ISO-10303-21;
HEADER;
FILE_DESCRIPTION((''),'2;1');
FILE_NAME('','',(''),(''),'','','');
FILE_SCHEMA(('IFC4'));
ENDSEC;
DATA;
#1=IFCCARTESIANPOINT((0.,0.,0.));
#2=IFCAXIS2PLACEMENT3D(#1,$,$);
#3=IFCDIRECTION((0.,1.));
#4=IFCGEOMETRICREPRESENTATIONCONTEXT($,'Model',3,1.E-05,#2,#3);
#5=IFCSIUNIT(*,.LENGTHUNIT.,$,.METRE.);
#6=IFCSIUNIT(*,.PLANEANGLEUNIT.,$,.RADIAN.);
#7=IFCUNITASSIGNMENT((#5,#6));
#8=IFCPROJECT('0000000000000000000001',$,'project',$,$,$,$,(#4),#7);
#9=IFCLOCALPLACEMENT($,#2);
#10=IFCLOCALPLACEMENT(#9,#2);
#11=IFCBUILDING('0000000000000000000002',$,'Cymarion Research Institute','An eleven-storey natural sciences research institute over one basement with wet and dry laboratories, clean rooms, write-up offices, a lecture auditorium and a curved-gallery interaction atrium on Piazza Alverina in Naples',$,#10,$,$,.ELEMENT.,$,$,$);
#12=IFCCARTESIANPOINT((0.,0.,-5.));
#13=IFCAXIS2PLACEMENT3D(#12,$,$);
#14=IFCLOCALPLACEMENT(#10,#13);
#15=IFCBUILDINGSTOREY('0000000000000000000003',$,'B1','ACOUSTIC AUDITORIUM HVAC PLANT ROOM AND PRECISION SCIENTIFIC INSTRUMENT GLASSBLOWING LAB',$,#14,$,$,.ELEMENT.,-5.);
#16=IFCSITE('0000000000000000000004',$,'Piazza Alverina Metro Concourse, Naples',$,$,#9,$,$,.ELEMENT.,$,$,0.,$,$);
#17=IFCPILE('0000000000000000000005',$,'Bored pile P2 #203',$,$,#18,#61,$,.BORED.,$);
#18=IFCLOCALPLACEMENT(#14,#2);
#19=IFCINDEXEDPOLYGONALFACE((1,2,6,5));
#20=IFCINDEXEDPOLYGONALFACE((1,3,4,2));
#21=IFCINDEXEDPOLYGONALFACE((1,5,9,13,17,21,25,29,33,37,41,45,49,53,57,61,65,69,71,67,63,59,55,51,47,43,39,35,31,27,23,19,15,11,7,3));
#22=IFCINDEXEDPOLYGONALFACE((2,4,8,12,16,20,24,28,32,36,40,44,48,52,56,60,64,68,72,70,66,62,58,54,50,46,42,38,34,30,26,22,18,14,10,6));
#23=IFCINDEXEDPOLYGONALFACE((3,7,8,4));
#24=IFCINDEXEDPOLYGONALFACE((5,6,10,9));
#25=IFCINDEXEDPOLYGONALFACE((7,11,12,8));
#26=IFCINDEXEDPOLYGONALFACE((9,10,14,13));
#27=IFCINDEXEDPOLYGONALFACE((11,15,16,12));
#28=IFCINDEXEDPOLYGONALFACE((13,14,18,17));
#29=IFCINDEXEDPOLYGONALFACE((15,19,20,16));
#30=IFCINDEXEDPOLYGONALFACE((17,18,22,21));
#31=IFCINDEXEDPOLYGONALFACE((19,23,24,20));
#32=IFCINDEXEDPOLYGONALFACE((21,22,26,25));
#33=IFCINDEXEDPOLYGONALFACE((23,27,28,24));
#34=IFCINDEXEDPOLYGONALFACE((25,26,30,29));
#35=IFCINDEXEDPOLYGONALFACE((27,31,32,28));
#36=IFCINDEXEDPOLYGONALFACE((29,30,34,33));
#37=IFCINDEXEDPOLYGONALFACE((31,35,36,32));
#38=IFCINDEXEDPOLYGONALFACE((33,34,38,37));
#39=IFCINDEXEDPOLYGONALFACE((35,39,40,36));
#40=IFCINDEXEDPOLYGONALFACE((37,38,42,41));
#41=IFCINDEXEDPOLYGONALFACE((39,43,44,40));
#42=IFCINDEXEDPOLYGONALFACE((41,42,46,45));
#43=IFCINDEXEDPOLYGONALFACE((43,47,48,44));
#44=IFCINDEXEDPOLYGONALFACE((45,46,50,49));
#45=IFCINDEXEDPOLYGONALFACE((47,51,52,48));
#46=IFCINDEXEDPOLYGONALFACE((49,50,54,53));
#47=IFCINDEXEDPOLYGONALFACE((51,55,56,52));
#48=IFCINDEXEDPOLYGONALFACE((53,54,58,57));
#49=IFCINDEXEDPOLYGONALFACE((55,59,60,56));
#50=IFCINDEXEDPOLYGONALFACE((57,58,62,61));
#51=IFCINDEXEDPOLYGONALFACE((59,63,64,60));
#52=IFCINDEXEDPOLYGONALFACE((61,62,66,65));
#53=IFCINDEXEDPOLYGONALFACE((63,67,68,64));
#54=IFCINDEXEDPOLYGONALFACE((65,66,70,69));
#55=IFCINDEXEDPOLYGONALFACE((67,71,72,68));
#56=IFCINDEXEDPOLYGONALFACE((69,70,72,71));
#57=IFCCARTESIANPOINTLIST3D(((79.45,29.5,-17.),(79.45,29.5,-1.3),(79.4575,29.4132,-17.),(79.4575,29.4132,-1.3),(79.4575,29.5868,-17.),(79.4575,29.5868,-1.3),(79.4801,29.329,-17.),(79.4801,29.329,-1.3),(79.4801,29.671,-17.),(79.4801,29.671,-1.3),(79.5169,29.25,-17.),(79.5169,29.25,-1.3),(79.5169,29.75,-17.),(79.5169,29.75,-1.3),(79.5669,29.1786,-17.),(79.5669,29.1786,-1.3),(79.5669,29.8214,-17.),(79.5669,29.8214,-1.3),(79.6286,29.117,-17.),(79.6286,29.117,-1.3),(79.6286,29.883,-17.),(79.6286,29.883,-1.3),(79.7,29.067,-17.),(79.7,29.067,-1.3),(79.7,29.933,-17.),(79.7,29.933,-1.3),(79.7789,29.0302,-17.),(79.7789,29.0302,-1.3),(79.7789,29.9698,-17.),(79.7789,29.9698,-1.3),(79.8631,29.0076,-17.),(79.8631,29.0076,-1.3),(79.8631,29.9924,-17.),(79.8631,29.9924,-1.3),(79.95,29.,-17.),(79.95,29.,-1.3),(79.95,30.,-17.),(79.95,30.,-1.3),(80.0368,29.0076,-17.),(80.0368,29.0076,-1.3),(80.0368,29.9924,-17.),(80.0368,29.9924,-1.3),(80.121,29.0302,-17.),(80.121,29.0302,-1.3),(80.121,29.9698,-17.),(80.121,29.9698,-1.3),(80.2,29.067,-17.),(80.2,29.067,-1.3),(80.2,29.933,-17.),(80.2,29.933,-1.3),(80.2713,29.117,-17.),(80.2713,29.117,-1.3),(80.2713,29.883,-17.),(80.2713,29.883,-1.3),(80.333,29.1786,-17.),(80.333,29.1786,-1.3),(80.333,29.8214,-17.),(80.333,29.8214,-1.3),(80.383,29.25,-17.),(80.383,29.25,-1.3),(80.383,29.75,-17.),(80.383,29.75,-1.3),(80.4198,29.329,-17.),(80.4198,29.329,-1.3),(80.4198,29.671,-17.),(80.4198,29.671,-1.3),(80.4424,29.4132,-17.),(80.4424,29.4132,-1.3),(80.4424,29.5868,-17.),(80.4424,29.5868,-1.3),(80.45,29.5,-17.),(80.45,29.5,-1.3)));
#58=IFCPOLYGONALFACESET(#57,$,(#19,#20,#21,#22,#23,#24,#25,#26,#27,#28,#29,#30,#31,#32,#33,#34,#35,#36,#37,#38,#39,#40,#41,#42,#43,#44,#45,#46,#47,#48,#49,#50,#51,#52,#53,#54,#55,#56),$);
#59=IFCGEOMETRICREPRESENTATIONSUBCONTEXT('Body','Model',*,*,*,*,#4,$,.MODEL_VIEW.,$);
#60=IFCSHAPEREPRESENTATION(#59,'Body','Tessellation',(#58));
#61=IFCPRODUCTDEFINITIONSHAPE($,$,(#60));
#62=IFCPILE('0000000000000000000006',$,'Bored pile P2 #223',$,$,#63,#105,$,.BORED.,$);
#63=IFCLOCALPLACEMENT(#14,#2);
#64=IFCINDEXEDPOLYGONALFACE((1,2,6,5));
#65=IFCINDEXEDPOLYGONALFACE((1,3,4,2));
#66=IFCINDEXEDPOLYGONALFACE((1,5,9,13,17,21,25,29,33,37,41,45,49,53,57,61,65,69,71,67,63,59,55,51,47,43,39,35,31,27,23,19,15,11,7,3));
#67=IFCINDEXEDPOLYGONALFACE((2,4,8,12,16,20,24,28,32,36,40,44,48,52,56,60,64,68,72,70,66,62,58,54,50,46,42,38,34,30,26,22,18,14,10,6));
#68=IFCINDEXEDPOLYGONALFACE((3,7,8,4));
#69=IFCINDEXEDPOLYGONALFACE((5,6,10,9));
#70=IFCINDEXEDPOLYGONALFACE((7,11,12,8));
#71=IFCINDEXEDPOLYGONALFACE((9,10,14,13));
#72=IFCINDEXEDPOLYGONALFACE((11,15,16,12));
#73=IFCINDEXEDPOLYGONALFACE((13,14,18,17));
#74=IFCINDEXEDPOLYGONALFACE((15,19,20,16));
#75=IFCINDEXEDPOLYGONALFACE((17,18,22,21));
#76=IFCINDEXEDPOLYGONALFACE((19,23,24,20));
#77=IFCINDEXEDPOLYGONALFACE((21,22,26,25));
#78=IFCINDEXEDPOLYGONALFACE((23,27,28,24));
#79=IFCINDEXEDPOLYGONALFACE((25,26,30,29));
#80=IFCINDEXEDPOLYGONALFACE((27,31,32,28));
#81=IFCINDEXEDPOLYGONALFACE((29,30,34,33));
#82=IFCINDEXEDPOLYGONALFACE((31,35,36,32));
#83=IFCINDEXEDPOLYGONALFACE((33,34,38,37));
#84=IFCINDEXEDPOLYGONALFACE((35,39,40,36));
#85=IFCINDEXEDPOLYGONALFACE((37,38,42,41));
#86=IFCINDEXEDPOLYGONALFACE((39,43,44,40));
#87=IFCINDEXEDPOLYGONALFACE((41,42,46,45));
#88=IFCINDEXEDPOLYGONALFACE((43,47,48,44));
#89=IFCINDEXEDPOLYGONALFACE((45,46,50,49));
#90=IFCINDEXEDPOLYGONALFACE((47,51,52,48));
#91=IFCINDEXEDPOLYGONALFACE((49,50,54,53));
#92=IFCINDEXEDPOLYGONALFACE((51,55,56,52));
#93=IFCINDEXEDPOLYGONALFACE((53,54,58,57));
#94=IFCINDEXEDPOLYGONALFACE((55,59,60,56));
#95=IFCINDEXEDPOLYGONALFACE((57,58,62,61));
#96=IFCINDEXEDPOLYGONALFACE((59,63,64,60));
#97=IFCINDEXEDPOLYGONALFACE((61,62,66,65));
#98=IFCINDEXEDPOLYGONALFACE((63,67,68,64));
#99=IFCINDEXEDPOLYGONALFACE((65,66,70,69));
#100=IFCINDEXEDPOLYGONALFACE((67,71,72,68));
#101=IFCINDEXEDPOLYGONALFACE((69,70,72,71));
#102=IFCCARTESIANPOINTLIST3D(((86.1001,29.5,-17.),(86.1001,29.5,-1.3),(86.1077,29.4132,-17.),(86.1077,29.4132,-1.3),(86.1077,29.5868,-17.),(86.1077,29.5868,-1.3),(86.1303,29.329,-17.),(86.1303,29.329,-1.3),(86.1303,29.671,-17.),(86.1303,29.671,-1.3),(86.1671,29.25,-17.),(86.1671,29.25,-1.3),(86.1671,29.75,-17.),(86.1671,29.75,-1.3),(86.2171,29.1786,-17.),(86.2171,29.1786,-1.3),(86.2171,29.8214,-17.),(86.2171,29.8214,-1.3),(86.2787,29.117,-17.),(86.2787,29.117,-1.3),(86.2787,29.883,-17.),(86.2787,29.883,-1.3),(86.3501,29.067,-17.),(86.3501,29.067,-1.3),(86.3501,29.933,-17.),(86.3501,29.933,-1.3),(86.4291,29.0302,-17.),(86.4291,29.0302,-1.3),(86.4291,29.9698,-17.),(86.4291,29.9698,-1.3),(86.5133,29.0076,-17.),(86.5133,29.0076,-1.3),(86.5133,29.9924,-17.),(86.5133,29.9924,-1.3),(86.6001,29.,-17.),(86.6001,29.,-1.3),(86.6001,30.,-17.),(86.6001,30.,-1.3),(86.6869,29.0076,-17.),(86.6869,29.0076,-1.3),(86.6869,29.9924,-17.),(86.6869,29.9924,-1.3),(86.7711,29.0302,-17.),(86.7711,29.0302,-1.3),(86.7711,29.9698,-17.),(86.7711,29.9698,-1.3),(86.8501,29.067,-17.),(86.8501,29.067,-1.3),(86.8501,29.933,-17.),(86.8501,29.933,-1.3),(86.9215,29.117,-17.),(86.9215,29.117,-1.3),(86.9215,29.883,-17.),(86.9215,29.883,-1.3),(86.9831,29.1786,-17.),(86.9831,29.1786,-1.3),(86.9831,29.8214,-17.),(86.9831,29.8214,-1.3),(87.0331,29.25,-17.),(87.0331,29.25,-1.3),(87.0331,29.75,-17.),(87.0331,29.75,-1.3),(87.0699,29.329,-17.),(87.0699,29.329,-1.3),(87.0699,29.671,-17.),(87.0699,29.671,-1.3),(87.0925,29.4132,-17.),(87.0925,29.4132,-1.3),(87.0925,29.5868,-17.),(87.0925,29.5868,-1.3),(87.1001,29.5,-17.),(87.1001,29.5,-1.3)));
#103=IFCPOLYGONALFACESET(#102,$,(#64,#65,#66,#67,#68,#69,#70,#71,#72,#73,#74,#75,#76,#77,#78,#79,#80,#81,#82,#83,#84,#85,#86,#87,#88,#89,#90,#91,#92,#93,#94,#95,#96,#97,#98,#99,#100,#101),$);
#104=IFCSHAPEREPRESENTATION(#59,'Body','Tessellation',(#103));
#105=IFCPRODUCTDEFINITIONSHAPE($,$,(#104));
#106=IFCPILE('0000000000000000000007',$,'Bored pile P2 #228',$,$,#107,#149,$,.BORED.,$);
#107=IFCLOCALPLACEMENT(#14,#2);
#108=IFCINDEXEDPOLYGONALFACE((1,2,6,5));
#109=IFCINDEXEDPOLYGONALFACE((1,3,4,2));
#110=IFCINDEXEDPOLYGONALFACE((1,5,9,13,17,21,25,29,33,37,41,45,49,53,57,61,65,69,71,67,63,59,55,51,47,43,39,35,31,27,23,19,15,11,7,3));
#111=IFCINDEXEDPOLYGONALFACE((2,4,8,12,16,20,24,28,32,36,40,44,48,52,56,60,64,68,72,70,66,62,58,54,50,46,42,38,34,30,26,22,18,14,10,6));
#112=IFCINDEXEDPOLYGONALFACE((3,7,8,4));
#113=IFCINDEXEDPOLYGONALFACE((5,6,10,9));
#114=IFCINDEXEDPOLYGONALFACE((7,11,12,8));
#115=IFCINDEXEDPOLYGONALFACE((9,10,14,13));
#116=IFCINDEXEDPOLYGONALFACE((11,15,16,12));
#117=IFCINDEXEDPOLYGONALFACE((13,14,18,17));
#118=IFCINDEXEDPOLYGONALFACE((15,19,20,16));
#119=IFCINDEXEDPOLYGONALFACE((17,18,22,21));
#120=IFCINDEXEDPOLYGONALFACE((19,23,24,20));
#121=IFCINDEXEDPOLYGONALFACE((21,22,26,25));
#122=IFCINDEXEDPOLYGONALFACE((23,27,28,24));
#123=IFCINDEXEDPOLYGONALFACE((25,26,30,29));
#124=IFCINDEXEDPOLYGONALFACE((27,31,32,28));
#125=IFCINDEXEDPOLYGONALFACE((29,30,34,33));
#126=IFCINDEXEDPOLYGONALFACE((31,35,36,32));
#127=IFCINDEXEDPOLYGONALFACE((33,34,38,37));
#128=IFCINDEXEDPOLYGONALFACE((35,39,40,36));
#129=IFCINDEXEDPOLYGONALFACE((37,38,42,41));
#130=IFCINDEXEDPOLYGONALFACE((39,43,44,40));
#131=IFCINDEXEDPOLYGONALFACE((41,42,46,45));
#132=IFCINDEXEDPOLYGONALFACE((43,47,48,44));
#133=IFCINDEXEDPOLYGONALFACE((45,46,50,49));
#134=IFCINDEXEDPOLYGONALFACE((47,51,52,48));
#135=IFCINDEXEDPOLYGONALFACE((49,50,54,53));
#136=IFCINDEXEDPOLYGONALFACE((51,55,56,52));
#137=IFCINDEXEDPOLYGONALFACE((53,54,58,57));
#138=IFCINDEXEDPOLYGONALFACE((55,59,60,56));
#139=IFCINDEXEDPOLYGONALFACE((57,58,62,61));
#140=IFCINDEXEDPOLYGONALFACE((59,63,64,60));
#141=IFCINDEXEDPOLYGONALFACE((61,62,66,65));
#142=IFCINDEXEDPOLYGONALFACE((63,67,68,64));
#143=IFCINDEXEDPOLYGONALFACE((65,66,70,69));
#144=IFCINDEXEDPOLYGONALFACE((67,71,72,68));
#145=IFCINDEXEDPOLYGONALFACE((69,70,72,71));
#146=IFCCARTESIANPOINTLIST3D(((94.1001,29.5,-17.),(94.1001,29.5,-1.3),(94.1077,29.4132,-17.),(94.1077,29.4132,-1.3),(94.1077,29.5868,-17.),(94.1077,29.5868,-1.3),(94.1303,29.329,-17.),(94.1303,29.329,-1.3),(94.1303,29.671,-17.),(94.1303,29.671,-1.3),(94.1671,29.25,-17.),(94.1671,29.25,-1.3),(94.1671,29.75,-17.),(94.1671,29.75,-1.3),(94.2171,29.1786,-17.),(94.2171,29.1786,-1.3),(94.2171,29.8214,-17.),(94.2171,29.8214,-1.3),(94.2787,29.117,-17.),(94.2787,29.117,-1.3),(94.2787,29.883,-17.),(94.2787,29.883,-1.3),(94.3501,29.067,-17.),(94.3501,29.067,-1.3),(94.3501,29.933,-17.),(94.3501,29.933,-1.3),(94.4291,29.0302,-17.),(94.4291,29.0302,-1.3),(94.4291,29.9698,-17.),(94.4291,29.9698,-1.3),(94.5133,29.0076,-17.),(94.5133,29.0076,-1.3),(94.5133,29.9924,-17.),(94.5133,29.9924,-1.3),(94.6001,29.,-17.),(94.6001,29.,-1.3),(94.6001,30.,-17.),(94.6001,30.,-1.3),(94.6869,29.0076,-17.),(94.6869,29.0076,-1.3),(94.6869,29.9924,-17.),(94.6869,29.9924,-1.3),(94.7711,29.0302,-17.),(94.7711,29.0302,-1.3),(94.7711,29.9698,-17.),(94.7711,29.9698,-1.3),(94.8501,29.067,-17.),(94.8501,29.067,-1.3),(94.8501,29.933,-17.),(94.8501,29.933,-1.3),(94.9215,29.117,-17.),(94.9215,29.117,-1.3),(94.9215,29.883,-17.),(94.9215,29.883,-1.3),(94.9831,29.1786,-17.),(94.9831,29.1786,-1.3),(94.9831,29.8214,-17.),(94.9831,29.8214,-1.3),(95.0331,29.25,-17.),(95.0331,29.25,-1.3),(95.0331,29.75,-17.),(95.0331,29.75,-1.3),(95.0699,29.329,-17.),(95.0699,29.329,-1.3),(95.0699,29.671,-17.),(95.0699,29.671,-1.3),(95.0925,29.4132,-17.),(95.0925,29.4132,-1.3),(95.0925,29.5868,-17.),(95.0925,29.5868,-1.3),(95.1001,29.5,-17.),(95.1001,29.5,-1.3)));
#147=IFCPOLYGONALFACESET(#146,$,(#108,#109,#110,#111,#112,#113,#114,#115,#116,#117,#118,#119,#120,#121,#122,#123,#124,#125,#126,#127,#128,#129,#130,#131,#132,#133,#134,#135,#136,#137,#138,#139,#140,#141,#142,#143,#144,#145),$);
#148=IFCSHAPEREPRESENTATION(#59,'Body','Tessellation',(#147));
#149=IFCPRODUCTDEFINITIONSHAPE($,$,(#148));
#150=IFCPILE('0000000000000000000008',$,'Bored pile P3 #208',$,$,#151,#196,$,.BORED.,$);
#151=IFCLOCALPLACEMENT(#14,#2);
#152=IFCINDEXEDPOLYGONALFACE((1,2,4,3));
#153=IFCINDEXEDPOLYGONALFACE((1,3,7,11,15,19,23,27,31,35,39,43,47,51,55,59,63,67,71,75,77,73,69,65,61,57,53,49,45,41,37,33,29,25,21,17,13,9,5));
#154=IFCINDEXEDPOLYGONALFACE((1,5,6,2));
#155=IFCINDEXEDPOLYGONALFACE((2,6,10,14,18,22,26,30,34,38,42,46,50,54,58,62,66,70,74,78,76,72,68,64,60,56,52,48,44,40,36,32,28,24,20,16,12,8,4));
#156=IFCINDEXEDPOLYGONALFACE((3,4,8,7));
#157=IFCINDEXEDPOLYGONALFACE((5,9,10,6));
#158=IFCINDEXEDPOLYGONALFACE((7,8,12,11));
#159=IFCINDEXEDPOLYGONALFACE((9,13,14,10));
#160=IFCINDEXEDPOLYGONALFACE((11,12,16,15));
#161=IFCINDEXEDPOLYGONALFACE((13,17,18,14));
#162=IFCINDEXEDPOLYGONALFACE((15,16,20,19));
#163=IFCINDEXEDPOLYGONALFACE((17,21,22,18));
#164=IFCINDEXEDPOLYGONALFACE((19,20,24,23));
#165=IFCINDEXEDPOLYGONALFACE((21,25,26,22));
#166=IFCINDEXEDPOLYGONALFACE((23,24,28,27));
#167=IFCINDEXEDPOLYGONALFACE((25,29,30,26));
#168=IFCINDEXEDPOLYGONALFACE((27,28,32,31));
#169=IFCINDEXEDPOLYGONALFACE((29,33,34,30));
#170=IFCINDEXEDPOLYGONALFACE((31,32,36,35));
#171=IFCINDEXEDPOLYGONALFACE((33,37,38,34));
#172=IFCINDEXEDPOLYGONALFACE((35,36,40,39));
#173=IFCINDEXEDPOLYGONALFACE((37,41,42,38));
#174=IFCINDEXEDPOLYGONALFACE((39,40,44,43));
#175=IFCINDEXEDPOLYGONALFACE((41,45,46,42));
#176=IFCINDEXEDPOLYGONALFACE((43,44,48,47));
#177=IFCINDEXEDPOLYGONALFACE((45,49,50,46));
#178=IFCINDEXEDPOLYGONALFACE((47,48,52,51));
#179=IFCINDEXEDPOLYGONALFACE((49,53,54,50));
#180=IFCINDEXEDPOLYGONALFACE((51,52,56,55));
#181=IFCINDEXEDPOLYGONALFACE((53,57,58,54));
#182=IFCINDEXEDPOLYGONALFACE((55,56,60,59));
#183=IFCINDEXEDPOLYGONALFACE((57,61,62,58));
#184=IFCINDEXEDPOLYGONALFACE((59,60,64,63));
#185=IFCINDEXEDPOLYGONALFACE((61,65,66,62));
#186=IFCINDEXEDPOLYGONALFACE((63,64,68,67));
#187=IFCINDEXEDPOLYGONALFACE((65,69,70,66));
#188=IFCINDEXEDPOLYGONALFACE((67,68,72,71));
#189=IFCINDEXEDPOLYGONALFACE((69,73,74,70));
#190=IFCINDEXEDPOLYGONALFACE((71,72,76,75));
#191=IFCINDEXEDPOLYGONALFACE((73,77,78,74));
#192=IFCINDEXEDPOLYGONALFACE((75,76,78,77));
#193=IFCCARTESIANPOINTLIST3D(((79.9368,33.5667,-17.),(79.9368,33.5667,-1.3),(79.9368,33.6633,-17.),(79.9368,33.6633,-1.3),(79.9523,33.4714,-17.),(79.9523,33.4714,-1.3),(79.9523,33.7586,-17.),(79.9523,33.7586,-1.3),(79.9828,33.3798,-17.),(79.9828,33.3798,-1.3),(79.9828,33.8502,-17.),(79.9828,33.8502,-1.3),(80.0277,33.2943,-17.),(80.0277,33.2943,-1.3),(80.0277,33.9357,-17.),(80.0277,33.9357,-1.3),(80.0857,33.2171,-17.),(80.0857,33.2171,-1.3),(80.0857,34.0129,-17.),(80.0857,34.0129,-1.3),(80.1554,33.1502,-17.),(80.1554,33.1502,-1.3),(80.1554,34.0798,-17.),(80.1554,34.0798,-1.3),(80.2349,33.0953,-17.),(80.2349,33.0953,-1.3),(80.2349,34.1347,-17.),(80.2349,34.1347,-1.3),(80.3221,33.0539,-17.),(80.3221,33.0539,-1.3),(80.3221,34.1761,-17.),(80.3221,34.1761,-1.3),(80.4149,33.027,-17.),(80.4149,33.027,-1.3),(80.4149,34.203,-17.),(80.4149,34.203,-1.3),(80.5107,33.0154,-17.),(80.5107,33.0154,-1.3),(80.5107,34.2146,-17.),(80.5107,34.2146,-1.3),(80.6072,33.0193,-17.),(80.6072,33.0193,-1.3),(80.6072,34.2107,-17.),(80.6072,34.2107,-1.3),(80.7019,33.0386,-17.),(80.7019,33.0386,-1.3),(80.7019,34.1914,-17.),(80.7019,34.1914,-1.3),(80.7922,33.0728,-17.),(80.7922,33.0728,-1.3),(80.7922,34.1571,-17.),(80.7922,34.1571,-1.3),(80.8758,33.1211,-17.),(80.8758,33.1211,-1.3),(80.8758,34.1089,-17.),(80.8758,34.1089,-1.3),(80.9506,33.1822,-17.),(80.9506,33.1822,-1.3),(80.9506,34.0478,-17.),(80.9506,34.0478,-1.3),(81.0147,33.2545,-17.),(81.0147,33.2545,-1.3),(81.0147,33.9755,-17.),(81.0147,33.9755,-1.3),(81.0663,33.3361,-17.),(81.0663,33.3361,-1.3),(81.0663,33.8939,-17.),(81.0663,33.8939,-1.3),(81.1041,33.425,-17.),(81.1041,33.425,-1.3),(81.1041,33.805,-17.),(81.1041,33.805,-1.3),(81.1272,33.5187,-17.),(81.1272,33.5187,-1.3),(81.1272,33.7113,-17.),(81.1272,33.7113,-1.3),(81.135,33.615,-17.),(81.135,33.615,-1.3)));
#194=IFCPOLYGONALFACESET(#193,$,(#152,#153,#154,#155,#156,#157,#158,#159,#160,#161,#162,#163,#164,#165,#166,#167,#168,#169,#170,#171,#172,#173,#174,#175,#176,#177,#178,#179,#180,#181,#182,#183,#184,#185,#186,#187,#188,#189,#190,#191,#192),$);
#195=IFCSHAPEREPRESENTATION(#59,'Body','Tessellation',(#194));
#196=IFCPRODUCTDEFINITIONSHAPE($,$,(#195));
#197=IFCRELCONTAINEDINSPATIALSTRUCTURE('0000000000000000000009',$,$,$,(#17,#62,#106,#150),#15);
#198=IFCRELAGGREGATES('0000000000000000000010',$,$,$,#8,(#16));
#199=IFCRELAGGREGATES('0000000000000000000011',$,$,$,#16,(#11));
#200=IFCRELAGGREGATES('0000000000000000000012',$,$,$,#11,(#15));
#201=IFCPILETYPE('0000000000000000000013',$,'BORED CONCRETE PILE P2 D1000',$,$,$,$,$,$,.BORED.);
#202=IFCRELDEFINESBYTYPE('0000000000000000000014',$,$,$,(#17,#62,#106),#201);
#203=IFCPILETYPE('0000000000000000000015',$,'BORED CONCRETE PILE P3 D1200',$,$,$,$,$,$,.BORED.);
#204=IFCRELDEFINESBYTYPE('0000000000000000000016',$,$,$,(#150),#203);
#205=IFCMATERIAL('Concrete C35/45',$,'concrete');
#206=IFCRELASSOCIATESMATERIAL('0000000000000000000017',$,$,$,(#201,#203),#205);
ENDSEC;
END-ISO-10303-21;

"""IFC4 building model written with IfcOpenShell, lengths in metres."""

from ifc_helpers import new_model, si_unit, direction, frame, origin, origin_2d, place, context, subcontext, project, spatial, circle, extrude, material, material_profile, profile_set, type_object, element, save


model = new_model("IFC4")

# Units and contexts
model_context = context("Model", 3, precision=1e-05, world=origin(), true_north=direction((0.0, 1.0)))
body_context = subcontext(model_context, "Body", "Model", "MODEL_VIEW")
ifc_project = project(units=[si_unit("LENGTHUNIT", "METRE"), si_unit("PLANEANGLEUNIT", "RADIAN")], contexts=[model_context])

# Site, building, storey
site_placement = place(None, origin())
site = spatial("IfcSite", under=ifc_project, at=site_placement, Name="Piazza Alverina Metro Concourse, Naples", CompositionType="ELEMENT", RefElevation=0.0)
building_placement = place(site_placement, origin())
building = spatial("IfcBuilding", under=site, at=building_placement, Name="Cymarion Research Institute", Description="An eleven-storey natural sciences research institute over one basement with wet and dry laboratories, clean rooms, write-up offices, a lecture auditorium and a curved-gallery interaction atrium on Piazza Alverina in Naples", CompositionType="ELEMENT")
storey_placement = place(building_placement, frame((0.0, 0.0, -5.0)))
storey = spatial("IfcBuildingStorey", under=building, at=storey_placement, Name="B1", Description="ACOUSTIC AUDITORIUM HVAC PLANT ROOM AND PRECISION SCIENTIFIC INSTRUMENT GLASSBLOWING LAB", CompositionType="ELEMENT", Elevation=-5.0)

# Piles
ifc_material_1 = material(Name="Concrete C35/45", Category="concrete")
ifc_material_profile_1 = material_profile(ifc_material_1, circle(Radius=0.5, at=origin_2d()), Name="BORED PILE D1000")
ifc_profile_set_1 = profile_set([ifc_material_profile_1], Name="Concrete C35/45")
pile_type_1 = type_object("IfcPileType", Name="BORED CONCRETE PILE P2 D1000", PredefinedType="BORED", material=ifc_profile_set_1)
for number, where, z_axis, x_axis, name in (
    (1, (79.95, 29.5, -1.3), (0.0, 0.0, -1.0), (1.0, 0.0, 0.0), "Bored pile P2 #203"),
    (2, (86.6001, 29.5, -1.3), (0.0, 0.0, -1.0), (1.0, 0.0, 0.0), "Bored pile P2 #223"),
    (3, (94.6001, 29.5, -1.3), (0.0, 0.0, -1.0), (1.0, 0.0, 0.0), "Bored pile P2 #228"),
):
    element("IfcPile", number, at=place(storey_placement, frame(where, z_axis=z_axis, x_axis=x_axis)), inside=storey, type_object=pile_type_1, Name=name, PredefinedType="BORED", context=body_context, shape_type="SweptSolid", body=[
        extrude(circle(Radius=0.5, at=origin_2d()), origin(), (0.0, 0.0, 1.0), 15.7),
    ])
ifc_material_profile_2 = material_profile(ifc_material_1, circle(Radius=0.6001, at=origin_2d()), Name="BORED PILE D1200")
ifc_profile_set_2 = profile_set([ifc_material_profile_2], Name="Concrete C35/45")
pile_type_2 = type_object("IfcPileType", Name="BORED CONCRETE PILE P3 D1200", PredefinedType="BORED", material=ifc_profile_set_2)
for number, where, z_axis, x_axis, name in (
    (4, (80.5349, 33.615, -1.3), (0.0, 0.0, -1.0), (1.0, 0.0, 0.0), "Bored pile P3 #208"),
):
    element("IfcPile", number, at=place(storey_placement, frame(where, z_axis=z_axis, x_axis=x_axis)), inside=storey, type_object=pile_type_2, Name=name, PredefinedType="BORED", context=body_context, shape_type="SweptSolid", body=[
        extrude(circle(Radius=0.6001, at=origin_2d()), origin(), (0.0, 0.0, 1.0), 15.7),
    ])

save(model, "model.ifc")
